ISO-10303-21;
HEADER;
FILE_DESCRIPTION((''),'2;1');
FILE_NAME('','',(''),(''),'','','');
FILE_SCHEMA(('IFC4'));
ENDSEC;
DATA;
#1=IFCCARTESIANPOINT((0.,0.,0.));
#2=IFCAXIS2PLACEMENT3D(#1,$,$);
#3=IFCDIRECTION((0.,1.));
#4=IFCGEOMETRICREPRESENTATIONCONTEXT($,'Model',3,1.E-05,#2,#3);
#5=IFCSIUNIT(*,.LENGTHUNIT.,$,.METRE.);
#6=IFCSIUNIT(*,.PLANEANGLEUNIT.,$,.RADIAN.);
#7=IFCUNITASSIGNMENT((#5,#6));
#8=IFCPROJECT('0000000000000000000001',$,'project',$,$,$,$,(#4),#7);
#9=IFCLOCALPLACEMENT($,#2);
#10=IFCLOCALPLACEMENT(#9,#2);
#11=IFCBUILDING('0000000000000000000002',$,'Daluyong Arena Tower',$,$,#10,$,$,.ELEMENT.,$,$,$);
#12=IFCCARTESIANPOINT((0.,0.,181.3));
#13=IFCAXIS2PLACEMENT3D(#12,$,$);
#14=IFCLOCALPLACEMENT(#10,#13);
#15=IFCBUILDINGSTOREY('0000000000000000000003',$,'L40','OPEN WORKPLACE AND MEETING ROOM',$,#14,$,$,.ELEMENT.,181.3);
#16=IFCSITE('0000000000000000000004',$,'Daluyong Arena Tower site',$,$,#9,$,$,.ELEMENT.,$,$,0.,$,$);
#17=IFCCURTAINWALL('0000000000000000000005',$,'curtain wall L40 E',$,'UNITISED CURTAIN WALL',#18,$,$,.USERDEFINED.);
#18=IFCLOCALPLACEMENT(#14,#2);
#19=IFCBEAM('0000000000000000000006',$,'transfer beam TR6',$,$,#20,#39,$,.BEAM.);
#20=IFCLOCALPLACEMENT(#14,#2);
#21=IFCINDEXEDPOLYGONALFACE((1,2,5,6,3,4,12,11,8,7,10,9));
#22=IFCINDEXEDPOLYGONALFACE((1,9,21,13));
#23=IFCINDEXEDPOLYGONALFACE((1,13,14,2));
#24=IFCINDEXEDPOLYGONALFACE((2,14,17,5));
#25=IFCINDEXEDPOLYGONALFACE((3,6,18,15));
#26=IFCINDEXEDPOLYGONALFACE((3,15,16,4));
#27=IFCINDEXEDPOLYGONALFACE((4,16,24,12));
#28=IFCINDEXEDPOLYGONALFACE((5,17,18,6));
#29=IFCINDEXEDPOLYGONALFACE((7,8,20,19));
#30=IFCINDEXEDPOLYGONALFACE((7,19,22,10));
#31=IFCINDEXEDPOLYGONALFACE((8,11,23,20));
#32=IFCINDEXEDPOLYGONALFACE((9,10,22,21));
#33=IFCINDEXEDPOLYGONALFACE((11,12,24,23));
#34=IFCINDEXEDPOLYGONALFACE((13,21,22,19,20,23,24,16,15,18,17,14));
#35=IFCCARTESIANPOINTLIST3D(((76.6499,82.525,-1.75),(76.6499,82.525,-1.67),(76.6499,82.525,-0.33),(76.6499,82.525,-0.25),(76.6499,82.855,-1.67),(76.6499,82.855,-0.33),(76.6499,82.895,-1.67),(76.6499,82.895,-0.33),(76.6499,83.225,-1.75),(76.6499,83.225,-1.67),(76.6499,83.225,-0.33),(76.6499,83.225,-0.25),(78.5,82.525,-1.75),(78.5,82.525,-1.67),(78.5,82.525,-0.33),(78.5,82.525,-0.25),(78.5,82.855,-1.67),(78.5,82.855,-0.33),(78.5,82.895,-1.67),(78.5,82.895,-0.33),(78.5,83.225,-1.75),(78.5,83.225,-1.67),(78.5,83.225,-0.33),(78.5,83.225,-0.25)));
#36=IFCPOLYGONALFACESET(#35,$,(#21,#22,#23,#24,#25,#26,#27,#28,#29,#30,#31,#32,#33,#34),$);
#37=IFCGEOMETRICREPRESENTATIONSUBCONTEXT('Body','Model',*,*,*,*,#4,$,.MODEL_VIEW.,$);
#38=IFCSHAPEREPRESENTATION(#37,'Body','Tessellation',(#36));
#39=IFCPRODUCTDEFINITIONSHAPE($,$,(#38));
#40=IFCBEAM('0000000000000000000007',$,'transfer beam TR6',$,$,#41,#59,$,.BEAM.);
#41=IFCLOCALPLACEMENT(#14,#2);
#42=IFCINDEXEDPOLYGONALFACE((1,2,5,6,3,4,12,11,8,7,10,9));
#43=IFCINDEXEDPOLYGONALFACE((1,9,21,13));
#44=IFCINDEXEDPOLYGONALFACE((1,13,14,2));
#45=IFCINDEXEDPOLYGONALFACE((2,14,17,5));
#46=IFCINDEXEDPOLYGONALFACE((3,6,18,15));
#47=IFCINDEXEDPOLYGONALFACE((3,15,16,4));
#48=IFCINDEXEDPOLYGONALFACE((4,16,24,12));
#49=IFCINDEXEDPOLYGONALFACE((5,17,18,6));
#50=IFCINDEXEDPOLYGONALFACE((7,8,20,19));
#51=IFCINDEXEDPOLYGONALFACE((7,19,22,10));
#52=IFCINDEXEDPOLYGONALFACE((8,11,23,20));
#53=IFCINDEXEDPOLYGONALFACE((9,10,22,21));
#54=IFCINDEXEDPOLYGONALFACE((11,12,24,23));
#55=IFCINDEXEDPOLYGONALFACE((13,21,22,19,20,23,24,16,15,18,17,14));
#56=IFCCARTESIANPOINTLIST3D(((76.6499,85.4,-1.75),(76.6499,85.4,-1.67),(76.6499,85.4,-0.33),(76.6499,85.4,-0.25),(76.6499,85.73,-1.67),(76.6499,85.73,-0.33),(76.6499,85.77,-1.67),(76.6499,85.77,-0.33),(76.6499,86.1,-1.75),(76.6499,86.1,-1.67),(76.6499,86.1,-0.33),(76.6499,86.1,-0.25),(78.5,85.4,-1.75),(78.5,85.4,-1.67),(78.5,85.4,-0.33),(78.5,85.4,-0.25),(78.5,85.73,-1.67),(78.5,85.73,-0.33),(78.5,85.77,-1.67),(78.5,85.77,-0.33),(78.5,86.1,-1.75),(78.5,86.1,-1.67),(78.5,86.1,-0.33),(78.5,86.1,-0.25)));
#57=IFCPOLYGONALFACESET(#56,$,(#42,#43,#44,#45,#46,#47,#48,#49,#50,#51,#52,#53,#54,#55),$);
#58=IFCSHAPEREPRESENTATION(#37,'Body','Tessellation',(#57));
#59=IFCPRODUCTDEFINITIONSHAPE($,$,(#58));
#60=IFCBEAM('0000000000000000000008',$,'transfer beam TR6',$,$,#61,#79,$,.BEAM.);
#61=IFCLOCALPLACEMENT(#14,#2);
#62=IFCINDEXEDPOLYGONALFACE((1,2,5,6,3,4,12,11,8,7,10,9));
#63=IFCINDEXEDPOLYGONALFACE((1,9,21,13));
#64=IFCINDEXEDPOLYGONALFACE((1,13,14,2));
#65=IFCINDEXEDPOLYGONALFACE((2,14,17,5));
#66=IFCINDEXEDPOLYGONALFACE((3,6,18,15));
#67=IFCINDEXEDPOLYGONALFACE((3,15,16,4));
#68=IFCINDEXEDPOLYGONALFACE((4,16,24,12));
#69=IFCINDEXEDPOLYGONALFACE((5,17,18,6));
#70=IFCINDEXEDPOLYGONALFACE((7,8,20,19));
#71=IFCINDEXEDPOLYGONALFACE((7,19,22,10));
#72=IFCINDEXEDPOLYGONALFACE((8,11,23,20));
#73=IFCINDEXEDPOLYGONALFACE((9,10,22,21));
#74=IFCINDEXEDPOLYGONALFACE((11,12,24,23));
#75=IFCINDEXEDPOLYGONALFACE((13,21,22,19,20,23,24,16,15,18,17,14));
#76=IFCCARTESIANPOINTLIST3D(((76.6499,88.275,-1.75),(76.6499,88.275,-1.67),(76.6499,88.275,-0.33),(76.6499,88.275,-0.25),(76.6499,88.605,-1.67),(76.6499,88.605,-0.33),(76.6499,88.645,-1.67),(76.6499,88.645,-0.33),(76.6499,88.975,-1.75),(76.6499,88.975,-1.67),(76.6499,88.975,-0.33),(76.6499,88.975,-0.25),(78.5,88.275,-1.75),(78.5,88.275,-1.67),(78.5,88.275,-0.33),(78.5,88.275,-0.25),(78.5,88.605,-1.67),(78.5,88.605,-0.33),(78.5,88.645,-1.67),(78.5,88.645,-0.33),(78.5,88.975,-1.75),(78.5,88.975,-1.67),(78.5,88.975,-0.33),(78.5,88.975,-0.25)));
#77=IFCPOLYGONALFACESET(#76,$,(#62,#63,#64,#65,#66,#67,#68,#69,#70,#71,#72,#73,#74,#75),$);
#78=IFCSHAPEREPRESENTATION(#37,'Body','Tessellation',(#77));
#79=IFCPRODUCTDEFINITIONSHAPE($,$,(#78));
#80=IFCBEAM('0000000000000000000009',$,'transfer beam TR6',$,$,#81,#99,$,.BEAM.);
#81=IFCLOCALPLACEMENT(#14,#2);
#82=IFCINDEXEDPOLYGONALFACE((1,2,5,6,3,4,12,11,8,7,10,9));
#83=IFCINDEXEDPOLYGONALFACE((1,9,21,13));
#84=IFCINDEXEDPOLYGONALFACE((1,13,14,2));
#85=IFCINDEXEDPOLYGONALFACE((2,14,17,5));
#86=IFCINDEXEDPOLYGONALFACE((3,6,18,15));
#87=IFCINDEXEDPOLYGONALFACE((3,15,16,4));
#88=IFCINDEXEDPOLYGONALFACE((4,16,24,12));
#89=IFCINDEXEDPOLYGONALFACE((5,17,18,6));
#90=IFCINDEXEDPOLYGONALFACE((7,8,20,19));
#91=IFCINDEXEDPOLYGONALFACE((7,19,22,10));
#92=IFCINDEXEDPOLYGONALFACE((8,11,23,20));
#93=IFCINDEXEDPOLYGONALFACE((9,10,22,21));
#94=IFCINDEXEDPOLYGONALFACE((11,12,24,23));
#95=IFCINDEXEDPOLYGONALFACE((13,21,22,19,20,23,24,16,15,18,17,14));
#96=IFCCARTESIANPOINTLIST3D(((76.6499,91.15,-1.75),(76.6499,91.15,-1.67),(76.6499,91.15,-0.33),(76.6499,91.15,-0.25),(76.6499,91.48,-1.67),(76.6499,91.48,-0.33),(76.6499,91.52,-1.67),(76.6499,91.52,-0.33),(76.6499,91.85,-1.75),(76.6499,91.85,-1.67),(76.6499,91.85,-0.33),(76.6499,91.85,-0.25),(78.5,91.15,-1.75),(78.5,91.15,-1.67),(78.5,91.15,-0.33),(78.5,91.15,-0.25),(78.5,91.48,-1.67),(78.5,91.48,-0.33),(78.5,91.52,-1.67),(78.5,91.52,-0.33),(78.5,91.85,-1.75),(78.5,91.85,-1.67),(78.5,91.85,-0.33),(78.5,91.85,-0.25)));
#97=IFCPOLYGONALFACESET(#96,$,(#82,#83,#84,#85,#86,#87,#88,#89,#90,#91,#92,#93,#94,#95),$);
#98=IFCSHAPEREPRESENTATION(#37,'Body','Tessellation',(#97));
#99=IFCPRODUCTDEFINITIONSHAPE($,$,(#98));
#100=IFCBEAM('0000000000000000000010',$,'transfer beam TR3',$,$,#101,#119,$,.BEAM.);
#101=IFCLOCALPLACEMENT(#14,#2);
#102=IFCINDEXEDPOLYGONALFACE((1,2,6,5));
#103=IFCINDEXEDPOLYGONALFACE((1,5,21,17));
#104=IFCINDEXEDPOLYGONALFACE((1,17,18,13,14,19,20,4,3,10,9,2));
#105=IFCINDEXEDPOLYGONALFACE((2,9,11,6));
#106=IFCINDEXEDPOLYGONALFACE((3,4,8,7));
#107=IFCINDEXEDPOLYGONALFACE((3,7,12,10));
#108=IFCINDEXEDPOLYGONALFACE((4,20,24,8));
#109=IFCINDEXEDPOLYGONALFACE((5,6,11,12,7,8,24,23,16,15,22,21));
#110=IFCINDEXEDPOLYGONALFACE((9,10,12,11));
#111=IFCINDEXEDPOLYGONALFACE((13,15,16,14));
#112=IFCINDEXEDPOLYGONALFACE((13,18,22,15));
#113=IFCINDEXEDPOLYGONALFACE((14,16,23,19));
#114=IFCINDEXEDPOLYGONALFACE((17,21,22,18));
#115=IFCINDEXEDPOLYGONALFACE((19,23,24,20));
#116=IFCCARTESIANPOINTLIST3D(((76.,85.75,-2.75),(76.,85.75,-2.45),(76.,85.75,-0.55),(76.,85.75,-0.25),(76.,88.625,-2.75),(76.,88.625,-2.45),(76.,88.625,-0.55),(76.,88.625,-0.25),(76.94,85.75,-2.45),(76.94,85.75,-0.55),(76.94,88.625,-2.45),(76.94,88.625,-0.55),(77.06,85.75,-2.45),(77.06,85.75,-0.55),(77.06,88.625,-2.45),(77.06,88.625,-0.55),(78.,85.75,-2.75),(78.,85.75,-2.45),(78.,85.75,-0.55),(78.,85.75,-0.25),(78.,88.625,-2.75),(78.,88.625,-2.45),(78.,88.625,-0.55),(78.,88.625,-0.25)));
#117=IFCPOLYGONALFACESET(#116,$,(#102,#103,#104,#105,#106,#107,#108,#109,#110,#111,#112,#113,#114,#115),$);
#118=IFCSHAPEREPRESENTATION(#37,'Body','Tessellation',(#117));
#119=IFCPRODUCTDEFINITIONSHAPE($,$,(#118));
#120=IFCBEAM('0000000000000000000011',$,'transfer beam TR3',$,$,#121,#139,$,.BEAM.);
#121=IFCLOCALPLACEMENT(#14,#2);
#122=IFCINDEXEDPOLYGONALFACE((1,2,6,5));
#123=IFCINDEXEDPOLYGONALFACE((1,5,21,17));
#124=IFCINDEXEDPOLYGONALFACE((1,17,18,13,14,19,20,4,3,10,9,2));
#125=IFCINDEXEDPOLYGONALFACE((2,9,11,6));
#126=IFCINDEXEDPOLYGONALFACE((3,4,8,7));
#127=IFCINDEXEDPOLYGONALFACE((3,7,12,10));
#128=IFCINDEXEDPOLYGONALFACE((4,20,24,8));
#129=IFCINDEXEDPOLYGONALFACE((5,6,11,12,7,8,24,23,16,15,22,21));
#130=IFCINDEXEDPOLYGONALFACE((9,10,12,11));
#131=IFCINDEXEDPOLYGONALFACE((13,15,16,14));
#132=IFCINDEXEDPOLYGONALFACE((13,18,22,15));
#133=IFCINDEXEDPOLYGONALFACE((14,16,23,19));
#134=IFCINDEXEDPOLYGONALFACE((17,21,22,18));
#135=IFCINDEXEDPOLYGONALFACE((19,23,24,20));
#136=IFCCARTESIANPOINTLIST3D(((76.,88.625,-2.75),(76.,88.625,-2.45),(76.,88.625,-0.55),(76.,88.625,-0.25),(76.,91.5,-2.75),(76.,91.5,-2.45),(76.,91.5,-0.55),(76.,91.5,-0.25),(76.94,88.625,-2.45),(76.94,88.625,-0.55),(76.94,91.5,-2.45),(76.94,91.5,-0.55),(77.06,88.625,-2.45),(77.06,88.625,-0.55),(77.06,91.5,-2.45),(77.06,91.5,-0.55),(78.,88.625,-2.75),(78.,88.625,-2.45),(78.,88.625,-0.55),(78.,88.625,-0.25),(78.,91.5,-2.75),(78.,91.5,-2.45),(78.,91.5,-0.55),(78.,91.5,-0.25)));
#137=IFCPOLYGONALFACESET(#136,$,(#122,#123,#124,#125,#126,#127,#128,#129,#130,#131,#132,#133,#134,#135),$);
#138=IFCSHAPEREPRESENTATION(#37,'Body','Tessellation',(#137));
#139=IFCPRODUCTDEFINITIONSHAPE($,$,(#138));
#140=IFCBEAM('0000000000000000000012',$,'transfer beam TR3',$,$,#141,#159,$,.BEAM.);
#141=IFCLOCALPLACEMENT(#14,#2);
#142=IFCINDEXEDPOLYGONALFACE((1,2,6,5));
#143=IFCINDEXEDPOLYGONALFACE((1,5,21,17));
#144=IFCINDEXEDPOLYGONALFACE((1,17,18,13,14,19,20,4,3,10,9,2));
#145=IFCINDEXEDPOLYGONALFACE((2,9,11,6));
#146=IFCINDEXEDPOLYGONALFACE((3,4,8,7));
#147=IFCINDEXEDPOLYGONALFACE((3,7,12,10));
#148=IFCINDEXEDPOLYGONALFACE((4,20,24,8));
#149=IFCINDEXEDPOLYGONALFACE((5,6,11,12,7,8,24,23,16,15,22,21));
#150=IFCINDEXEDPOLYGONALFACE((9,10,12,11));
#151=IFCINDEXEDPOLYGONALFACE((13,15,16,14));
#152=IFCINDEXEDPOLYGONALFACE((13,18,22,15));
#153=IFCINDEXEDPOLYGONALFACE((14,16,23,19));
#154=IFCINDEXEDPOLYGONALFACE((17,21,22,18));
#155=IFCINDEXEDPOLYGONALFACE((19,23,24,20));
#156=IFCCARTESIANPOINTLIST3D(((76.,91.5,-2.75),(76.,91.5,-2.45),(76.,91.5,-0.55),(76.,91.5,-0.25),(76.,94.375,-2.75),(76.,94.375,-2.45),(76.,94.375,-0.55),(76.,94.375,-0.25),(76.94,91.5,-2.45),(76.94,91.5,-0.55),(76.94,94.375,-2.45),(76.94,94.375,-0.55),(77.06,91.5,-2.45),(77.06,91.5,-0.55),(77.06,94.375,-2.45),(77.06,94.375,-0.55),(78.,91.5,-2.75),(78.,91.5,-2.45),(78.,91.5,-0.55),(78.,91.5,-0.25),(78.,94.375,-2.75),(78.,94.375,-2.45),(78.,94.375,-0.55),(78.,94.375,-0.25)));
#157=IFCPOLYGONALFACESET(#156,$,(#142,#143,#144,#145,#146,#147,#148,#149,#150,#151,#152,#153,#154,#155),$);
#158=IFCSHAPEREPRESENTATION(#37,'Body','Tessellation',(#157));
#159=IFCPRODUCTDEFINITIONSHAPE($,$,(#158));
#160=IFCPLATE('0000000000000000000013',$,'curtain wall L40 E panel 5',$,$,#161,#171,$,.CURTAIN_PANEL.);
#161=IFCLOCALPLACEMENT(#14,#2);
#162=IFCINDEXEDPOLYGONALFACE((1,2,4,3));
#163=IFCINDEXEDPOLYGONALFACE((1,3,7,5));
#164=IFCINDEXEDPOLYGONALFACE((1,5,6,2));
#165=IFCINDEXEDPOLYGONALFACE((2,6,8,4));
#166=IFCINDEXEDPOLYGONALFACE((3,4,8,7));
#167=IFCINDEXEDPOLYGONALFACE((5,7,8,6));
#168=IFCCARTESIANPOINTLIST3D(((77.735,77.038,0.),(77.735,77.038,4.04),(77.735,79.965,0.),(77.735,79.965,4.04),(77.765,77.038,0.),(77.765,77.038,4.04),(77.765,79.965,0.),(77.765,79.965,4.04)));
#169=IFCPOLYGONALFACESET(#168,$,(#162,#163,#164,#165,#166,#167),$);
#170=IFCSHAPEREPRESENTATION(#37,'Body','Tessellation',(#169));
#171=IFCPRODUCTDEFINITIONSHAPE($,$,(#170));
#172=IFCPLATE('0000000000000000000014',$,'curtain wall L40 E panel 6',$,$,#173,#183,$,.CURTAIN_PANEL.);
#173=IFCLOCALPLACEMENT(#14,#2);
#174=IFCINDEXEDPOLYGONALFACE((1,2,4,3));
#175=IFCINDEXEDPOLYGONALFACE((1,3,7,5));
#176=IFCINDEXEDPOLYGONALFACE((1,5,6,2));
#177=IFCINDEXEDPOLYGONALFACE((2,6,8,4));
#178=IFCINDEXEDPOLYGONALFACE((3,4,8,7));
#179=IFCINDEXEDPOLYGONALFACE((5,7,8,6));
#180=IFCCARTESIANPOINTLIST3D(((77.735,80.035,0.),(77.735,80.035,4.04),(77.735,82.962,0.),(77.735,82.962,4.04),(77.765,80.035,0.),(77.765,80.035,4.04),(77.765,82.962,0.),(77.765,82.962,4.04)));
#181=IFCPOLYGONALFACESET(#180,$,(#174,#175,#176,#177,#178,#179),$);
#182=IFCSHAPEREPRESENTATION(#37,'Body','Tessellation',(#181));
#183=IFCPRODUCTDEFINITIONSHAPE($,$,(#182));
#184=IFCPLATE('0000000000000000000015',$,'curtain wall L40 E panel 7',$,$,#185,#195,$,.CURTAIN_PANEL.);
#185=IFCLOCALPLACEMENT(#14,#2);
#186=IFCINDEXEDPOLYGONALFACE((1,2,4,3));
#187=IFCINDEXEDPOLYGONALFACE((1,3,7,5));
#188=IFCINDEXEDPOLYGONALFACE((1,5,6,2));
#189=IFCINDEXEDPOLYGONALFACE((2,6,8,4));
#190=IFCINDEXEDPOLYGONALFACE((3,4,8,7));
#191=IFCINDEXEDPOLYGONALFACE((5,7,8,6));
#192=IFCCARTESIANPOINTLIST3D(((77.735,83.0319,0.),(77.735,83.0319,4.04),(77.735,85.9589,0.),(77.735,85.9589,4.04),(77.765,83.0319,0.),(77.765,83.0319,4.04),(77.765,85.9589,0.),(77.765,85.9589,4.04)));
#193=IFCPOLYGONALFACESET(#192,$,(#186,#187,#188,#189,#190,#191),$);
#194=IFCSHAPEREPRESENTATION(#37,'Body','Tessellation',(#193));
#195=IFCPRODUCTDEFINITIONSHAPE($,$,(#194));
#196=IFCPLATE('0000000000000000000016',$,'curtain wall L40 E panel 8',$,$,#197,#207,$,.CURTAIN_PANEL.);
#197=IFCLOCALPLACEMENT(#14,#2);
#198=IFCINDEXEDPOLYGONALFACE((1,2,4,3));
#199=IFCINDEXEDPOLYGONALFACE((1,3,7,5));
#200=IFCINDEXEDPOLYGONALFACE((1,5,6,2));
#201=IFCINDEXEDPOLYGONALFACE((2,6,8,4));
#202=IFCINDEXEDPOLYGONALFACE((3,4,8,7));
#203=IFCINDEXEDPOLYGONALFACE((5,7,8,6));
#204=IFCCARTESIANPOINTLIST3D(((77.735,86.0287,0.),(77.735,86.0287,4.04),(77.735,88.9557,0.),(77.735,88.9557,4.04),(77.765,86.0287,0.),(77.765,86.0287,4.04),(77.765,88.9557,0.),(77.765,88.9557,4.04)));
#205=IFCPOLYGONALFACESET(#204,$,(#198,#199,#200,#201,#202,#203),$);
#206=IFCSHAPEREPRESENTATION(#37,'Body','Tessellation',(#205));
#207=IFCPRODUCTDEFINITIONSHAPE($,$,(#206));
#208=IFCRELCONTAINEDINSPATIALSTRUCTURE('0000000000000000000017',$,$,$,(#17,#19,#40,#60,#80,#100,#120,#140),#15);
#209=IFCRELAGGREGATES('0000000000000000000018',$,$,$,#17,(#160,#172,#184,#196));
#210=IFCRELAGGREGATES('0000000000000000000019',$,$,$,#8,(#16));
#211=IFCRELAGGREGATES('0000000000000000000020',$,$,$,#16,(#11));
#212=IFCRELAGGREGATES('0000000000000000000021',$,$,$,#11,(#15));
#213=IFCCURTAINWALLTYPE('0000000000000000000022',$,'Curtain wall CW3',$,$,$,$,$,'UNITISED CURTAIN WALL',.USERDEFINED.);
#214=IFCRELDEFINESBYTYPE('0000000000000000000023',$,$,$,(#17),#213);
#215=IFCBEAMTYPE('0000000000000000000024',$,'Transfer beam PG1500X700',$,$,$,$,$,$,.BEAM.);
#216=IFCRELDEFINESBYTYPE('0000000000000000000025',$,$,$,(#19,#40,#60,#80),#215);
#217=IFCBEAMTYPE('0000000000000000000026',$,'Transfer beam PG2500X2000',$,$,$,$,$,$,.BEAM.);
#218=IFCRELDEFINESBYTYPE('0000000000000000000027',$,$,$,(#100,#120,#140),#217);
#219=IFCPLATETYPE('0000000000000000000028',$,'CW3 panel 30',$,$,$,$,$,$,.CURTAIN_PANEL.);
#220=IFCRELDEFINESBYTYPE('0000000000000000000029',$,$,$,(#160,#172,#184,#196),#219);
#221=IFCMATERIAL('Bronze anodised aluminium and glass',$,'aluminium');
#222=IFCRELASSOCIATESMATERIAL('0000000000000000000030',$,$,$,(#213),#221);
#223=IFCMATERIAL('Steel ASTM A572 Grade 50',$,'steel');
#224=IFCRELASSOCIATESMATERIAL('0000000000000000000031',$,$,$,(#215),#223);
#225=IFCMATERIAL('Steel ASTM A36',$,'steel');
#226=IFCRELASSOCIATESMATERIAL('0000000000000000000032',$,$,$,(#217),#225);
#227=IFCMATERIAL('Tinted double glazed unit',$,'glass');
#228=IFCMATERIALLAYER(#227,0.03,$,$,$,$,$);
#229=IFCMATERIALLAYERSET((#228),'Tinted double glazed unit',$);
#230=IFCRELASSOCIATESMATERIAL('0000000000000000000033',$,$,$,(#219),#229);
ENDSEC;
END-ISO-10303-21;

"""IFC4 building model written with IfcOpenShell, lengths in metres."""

from ifc_helpers import new_model, si_unit, direction, frame, origin, origin_2d, place, context, subcontext, project, spatial, rectangle, i_section, extrude, material, layer, layer_set, material_profile, profile_set, type_object, element, aggregate, save


model = new_model("IFC4")

# Units and contexts
model_context = context("Model", 3, precision=1e-05, world=origin(), true_north=direction((0.0, 1.0)))
body_context = subcontext(model_context, "Body", "Model", "MODEL_VIEW")
ifc_project = project(units=[si_unit("LENGTHUNIT", "METRE"), si_unit("PLANEANGLEUNIT", "RADIAN")], contexts=[model_context])

# Site, building, storey
site_placement = place(None, origin())
site = spatial("IfcSite", under=ifc_project, at=site_placement, Name="Daluyong Arena Tower site", CompositionType="ELEMENT", RefElevation=0.0)
building_placement = place(site_placement, origin())
building = spatial("IfcBuilding", under=site, at=building_placement, Name="Daluyong Arena Tower", CompositionType="ELEMENT")
storey_placement = place(building_placement, frame((0.0, 0.0, 181.3)))
storey = spatial("IfcBuildingStorey", under=building, at=storey_placement, Name="L40", Description="OPEN WORKPLACE AND MEETING ROOM", CompositionType="ELEMENT", Elevation=181.3)

# Curtain wall
ifc_material_1 = material(Name="Bronze anodised aluminium and glass", Category="aluminium")
curtain_wall_type = type_object("IfcCurtainWallType", Name="Curtain wall CW3", ElementType="UNITISED CURTAIN WALL", PredefinedType="USERDEFINED", material=ifc_material_1)
curtain_wall_placement = place(storey_placement, origin())
curtain_wall = element("IfcCurtainWall", 1, at=curtain_wall_placement, inside=storey, type_object=curtain_wall_type, Name="curtain wall L40 E", ObjectType="UNITISED CURTAIN WALL", PredefinedType="USERDEFINED")

# Beams
ifc_material_2 = material(Name="Steel ASTM A572 Grade 50", Category="steel")
ifc_material_profile_1 = material_profile(ifc_material_2, i_section(OverallWidth=0.7, OverallDepth=1.5, WebThickness=0.04, FlangeThickness=0.08, at=origin_2d()))
ifc_profile_set_1 = profile_set([ifc_material_profile_1], Name="Steel ASTM A572 Grade 50")
beam_type_1 = type_object("IfcBeamType", Name="Transfer beam PG1500X700", PredefinedType="BEAM", material=ifc_profile_set_1)
for number, where, z_axis, x_axis, name in (
    (2, (78.5, 82.875, -1.0), (-1.0, 0.0, 0.0), (0.0, -1.0, 0.0), "transfer beam TR6"),
    (3, (78.5, 85.75, -1.0), (-1.0, 0.0, 0.0), (0.0, -1.0, 0.0), "transfer beam TR6"),
    (4, (78.5, 88.625, -1.0), (-1.0, 0.0, 0.0), (0.0, -1.0, 0.0), "transfer beam TR6"),
    (5, (78.5, 91.5, -1.0), (-1.0, 0.0, 0.0), (0.0, -1.0, 0.0), "transfer beam TR6"),
):
    element("IfcBeam", number, at=place(storey_placement, frame(where, z_axis=z_axis, x_axis=x_axis)), inside=storey, type_object=beam_type_1, Name=name, PredefinedType="BEAM", context=body_context, shape_type="SweptSolid", body=[
        extrude(i_section(OverallWidth=0.7, OverallDepth=1.5, WebThickness=0.04, FlangeThickness=0.08, at=origin_2d()), origin(), (0.0, 0.0, 1.0), 1.8501),
    ])
ifc_material_3 = material(Name="Steel ASTM A36", Category="steel")
ifc_material_profile_2 = material_profile(ifc_material_3, i_section(OverallWidth=2.0, OverallDepth=2.5, WebThickness=0.12, FlangeThickness=0.3, at=origin_2d()))
ifc_profile_set_2 = profile_set([ifc_material_profile_2], Name="Steel ASTM A36")
beam_type_2 = type_object("IfcBeamType", Name="Transfer beam PG2500X2000", PredefinedType="BEAM", material=ifc_profile_set_2)
for number, where, z_axis, x_axis, name in (
    (6, (77.0, 85.75, -1.5), (0.0, 1.0, 0.0), (-1.0, 0.0, 0.0), "transfer beam TR3"),
    (7, (77.0, 88.625, -1.5), (0.0, 1.0, 0.0), (-1.0, 0.0, 0.0), "transfer beam TR3"),
    (8, (77.0, 91.5, -1.5), (0.0, 1.0, 0.0), (-1.0, 0.0, 0.0), "transfer beam TR3"),
):
    element("IfcBeam", number, at=place(storey_placement, frame(where, z_axis=z_axis, x_axis=x_axis)), inside=storey, type_object=beam_type_2, Name=name, PredefinedType="BEAM", context=body_context, shape_type="SweptSolid", body=[
        extrude(i_section(OverallWidth=2.0, OverallDepth=2.5, WebThickness=0.12, FlangeThickness=0.3, at=origin_2d()), origin(), (0.0, 0.0, 1.0), 2.875),
    ])

# Plates
ifc_material_4 = material(Name="Tinted double glazed unit", Category="glass")
ifc_layer = layer(ifc_material_4, 0.03)
ifc_layer_set = layer_set([ifc_layer], Name="Tinted double glazed unit")
plate_type = type_object("IfcPlateType", Name="CW3 panel 30", PredefinedType="CURTAIN_PANEL", material=ifc_layer_set)
plate_1_placement = place(storey_placement, frame((77.75, 78.5015, 0.0), z_axis=(0.0, 0.0, 1.0), x_axis=(0.0, 1.0, 0.0)))
plate_1 = element("IfcPlate", 9, at=plate_1_placement, type_object=plate_type, Name="curtain wall L40 E panel 5", PredefinedType="CURTAIN_PANEL", context=body_context, shape_type="SweptSolid", body=[
    extrude(rectangle(XDim=2.927, YDim=0.03, at=origin_2d()), origin(), (0.0, 0.0, 1.0), 4.04),
])
plate_2_placement = place(storey_placement, frame((77.75, 81.4985, 0.0), z_axis=(0.0, 0.0, 1.0), x_axis=(0.0, 1.0, 0.0)))
plate_2 = element("IfcPlate", 10, at=plate_2_placement, type_object=plate_type, Name="curtain wall L40 E panel 6", PredefinedType="CURTAIN_PANEL", context=body_context, shape_type="SweptSolid", body=[
    extrude(rectangle(XDim=2.927, YDim=0.03, at=origin_2d()), origin(), (0.0, 0.0, 1.0), 4.04),
])
plate_3_placement = place(storey_placement, frame((77.75, 84.4954, 0.0), z_axis=(0.0, 0.0, 1.0), x_axis=(0.0, 1.0, 0.0)))
plate_3 = element("IfcPlate", 11, at=plate_3_placement, type_object=plate_type, Name="curtain wall L40 E panel 7", PredefinedType="CURTAIN_PANEL", context=body_context, shape_type="SweptSolid", body=[
    extrude(rectangle(XDim=2.927, YDim=0.03, at=origin_2d()), origin(), (0.0, 0.0, 1.0), 4.04),
])
plate_4_placement = place(storey_placement, frame((77.75, 87.4922, 0.0), z_axis=(0.0, 0.0, 1.0), x_axis=(0.0, 1.0, 0.0)))
plate_4 = element("IfcPlate", 12, at=plate_4_placement, type_object=plate_type, Name="curtain wall L40 E panel 8", PredefinedType="CURTAIN_PANEL", context=body_context, shape_type="SweptSolid", body=[
    extrude(rectangle(XDim=2.927, YDim=0.03, at=origin_2d()), origin(), (0.0, 0.0, 1.0), 4.04),
])
aggregate(curtain_wall, [plate_1, plate_2, plate_3, plate_4])

save(model, "model.ifc")
